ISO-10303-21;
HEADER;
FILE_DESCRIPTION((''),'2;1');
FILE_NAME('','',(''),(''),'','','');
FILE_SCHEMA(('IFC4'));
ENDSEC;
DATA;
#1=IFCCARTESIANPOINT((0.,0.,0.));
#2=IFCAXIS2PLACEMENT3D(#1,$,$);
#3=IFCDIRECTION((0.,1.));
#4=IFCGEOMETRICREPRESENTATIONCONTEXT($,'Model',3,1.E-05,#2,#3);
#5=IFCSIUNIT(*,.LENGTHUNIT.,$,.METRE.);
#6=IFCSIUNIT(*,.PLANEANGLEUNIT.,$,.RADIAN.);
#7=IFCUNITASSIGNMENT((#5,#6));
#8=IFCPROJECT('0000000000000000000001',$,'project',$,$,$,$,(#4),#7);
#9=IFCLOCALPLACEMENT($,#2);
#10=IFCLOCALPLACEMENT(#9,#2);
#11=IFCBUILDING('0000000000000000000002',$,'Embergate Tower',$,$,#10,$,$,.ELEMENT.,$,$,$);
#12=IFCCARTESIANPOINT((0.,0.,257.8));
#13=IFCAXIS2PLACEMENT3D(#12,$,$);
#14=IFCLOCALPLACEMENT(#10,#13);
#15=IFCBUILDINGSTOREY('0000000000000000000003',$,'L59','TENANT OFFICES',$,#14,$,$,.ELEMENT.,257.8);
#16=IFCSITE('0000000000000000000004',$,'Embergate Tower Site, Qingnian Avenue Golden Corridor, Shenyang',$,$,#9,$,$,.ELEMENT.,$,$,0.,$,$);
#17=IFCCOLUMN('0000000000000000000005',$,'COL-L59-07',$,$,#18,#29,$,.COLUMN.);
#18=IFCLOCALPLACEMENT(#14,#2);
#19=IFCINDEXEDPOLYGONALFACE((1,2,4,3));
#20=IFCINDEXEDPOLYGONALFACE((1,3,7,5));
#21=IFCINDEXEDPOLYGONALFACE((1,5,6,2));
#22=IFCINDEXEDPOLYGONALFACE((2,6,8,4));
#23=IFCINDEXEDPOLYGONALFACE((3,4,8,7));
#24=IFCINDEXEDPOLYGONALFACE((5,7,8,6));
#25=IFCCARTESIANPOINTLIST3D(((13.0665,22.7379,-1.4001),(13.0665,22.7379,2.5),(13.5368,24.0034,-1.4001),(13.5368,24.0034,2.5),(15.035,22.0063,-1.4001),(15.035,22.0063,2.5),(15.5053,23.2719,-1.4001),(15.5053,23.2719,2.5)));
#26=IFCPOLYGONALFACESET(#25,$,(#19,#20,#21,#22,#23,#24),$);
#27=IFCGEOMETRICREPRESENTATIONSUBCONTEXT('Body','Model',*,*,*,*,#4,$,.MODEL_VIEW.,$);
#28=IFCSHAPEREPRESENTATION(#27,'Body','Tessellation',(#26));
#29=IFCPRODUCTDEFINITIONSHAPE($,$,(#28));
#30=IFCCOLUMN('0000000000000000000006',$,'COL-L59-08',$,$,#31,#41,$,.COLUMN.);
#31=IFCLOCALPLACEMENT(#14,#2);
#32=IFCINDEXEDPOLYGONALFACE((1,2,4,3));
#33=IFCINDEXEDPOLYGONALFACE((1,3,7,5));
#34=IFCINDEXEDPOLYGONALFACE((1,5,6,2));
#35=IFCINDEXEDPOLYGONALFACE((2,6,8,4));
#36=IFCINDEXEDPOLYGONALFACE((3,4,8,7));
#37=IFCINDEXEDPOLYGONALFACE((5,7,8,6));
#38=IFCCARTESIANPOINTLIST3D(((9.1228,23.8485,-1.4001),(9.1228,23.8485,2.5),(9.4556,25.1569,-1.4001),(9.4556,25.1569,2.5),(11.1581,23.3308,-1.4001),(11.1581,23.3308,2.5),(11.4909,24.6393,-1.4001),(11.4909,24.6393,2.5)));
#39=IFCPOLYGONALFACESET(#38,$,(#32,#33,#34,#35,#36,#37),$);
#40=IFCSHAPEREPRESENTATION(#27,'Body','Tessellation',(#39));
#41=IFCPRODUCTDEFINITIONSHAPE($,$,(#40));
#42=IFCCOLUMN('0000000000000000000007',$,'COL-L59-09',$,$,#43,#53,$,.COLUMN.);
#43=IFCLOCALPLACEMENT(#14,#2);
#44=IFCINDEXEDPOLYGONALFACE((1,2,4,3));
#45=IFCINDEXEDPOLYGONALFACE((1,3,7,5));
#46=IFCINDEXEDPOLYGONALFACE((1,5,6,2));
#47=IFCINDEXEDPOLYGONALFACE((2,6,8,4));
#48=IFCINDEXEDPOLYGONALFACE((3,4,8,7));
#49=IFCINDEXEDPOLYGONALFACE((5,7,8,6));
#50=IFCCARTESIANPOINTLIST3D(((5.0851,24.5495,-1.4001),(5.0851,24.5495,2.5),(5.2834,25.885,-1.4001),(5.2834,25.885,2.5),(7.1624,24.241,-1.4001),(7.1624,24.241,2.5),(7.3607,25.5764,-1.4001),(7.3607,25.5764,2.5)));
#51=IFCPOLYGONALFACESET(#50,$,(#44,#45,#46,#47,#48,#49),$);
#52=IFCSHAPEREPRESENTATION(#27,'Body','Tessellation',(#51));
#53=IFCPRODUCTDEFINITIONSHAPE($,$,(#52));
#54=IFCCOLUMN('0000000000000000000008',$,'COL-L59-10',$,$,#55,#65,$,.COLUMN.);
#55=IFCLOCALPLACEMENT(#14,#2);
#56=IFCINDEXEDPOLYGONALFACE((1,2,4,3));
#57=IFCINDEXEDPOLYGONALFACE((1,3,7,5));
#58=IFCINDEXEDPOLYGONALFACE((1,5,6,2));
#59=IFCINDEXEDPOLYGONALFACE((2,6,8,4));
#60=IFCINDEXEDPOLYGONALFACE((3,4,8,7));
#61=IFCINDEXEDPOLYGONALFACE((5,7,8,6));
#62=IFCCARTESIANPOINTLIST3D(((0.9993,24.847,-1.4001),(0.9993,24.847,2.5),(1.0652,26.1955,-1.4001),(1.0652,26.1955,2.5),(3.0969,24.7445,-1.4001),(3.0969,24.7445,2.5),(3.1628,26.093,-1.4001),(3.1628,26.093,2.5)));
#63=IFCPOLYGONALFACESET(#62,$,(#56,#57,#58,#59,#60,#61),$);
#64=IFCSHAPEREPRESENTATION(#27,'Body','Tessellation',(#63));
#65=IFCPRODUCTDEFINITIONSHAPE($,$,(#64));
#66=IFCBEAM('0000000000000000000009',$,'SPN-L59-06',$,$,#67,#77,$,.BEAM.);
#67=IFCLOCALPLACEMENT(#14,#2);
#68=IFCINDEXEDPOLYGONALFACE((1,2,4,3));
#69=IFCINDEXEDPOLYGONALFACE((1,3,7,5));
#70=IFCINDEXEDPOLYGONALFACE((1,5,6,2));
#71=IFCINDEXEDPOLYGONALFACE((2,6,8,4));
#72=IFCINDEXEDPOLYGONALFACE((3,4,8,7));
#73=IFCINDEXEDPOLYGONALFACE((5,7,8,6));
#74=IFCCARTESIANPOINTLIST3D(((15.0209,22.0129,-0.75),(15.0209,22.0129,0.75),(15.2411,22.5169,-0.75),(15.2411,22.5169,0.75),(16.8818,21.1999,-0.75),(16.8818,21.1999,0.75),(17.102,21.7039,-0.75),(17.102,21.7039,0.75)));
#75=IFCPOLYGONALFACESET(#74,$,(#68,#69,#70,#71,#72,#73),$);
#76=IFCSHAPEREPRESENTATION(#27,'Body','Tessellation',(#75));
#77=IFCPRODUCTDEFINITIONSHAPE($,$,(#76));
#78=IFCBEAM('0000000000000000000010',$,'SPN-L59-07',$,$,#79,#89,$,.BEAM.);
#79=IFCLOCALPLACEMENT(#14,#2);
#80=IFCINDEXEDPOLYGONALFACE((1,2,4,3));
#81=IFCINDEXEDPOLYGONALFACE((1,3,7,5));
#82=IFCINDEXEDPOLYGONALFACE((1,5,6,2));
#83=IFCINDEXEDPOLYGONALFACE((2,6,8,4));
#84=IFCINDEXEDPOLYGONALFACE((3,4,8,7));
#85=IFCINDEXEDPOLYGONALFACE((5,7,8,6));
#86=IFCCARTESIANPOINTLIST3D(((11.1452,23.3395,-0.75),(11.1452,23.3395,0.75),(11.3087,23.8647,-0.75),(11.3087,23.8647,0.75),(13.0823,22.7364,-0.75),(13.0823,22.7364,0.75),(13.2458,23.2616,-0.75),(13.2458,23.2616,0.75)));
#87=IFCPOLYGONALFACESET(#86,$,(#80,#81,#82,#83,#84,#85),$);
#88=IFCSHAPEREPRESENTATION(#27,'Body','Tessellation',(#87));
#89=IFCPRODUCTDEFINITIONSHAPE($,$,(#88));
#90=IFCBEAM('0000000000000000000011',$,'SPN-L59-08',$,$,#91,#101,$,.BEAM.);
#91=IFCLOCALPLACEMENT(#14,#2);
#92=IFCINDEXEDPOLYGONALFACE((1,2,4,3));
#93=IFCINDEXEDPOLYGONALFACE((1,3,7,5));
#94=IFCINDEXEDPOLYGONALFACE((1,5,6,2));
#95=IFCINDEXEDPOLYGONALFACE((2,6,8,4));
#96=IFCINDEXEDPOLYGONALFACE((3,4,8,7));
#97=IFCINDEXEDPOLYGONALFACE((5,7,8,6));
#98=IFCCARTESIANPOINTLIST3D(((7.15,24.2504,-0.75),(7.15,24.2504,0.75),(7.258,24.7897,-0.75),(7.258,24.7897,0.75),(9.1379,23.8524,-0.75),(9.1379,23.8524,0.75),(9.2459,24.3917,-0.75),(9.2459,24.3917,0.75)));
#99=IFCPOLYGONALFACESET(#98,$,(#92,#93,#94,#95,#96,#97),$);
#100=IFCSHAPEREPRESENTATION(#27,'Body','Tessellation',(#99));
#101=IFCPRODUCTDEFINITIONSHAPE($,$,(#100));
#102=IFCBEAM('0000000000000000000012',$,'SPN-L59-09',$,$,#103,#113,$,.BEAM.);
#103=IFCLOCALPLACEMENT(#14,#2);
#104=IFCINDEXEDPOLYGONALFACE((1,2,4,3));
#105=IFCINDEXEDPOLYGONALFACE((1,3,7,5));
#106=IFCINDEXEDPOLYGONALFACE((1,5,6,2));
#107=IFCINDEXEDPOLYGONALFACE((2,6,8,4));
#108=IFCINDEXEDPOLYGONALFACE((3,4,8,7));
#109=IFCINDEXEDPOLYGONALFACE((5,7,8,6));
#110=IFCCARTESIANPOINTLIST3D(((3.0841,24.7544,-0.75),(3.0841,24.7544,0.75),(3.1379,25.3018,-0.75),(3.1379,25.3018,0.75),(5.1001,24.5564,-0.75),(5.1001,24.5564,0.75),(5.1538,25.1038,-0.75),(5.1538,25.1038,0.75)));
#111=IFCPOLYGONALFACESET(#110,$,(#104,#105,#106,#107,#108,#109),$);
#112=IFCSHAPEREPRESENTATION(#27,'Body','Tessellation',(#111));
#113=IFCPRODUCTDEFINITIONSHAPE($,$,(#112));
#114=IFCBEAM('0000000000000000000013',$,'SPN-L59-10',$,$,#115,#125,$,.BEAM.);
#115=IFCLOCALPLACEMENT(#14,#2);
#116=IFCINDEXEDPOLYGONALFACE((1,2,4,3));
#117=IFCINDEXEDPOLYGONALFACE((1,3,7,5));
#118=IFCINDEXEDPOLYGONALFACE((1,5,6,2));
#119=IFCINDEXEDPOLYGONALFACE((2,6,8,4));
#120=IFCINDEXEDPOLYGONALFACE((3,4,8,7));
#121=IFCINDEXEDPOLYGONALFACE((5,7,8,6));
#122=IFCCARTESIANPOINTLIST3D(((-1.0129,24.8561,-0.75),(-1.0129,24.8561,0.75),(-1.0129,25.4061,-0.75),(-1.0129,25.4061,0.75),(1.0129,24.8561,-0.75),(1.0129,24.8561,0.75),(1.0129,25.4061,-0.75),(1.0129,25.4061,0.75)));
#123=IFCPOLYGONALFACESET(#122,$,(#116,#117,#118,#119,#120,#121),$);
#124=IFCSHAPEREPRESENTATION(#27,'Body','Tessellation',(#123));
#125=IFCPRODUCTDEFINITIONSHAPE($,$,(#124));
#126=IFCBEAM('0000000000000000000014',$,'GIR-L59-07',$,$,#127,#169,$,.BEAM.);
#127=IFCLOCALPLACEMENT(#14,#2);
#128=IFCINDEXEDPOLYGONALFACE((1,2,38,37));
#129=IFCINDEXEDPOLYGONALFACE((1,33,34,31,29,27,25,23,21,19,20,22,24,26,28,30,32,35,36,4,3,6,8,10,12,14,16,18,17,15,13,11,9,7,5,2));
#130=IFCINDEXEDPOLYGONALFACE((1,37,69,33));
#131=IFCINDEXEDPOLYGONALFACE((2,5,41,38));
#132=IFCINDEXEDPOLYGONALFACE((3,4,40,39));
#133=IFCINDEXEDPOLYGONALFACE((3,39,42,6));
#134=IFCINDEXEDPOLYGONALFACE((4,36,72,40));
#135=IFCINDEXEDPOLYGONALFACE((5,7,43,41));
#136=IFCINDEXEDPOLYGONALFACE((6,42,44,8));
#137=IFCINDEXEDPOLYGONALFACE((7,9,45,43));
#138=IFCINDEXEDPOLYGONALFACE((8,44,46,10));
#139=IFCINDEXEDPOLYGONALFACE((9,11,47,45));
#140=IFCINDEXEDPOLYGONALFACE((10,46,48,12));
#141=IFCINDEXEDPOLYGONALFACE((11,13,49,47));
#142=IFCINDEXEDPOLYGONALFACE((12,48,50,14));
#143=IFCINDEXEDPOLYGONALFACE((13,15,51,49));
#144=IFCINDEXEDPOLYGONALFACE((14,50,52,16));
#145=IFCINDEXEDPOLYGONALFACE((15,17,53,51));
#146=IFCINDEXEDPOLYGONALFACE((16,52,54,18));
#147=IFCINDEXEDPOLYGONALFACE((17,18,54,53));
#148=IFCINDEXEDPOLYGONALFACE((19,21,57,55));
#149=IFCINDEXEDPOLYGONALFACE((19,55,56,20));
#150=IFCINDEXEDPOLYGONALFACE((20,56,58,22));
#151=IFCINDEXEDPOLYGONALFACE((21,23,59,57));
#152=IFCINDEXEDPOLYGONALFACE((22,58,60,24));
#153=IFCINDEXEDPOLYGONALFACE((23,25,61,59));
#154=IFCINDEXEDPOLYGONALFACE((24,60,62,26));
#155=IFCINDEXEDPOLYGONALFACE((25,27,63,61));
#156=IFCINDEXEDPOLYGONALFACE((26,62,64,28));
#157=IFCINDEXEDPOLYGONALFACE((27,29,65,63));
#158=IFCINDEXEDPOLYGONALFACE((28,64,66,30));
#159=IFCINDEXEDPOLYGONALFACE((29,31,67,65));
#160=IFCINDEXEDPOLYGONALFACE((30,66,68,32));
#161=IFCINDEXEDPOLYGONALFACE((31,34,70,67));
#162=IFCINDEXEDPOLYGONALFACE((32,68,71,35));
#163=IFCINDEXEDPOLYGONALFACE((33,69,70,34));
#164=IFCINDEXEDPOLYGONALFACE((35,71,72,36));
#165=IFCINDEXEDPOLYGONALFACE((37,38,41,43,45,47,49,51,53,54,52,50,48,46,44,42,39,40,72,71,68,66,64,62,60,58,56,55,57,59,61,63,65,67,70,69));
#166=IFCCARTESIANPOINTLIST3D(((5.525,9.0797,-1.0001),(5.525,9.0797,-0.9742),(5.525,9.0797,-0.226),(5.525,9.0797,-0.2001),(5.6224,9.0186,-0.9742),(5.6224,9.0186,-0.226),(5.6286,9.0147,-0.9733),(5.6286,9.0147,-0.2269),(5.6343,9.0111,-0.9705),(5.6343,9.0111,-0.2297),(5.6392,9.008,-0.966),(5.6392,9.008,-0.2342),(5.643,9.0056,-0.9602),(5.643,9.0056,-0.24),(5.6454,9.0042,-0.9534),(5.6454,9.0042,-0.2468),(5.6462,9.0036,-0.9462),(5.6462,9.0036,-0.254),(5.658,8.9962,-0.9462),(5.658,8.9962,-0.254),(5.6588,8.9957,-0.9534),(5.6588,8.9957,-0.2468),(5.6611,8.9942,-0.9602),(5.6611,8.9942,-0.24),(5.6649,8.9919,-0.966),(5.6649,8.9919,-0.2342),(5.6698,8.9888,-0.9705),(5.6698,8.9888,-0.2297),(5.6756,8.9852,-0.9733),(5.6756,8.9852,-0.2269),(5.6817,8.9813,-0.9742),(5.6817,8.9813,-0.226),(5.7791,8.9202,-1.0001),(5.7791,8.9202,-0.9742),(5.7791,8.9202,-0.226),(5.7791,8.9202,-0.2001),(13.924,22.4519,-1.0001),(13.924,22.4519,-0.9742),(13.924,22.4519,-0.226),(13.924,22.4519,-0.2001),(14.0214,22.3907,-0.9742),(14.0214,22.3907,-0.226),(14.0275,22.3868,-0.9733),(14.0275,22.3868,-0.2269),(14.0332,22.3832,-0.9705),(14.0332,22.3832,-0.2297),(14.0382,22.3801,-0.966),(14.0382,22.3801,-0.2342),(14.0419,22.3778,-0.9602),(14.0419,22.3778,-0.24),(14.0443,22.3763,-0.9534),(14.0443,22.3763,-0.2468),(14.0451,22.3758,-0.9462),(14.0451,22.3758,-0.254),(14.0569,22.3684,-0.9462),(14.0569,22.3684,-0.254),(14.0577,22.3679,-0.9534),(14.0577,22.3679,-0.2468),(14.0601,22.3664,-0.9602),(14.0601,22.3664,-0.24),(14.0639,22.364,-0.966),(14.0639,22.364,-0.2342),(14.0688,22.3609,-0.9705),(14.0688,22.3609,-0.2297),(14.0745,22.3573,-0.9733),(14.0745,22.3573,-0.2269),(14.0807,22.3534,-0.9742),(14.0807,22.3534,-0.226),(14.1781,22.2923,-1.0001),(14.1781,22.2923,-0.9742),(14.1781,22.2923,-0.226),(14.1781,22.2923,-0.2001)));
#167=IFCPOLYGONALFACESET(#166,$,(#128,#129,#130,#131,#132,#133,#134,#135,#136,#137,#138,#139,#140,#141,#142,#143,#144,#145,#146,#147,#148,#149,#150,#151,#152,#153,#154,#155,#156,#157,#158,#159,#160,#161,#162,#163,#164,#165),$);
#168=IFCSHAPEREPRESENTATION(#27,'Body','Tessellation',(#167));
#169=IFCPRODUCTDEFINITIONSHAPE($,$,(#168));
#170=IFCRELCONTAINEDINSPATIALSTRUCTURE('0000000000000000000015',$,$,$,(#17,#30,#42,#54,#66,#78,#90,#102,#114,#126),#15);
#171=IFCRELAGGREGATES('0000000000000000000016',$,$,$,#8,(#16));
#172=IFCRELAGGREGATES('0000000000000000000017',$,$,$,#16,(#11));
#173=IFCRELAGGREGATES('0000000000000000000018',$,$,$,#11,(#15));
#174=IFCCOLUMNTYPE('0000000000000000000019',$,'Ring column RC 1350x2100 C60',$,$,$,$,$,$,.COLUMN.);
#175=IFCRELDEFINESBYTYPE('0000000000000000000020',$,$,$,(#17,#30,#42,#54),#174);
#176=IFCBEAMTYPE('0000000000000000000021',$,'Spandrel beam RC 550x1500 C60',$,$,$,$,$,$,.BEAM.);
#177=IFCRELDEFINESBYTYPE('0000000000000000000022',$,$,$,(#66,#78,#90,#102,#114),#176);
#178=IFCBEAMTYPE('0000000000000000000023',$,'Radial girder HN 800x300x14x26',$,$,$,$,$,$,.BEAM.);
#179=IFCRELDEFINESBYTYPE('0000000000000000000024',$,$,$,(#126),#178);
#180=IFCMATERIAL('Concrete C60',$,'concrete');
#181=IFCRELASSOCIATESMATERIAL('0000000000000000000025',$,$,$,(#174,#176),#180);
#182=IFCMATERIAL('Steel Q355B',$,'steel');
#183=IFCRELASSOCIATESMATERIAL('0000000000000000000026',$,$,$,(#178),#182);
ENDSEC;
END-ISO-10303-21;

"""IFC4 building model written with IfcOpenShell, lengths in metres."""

from ifc_helpers import new_model, si_unit, direction, frame, origin, origin_2d, place, context, subcontext, project, spatial, rectangle, i_section, extrude, source, transform, mapped, material, material_profile, profile_set, type_object, element, save


model = new_model("IFC4")

# Units and contexts
model_context = context("Model", 3, precision=1e-05, world=origin(), true_north=direction((0.0, 1.0)))
body_context = subcontext(model_context, "Body", "Model", "MODEL_VIEW")
ifc_project = project(units=[si_unit("LENGTHUNIT", "METRE"), si_unit("PLANEANGLEUNIT", "RADIAN")], contexts=[model_context])

# Site, building, storey
site_placement = place(None, origin())
site = spatial("IfcSite", under=ifc_project, at=site_placement, Name="Embergate Tower Site, Qingnian Avenue Golden Corridor, Shenyang", CompositionType="ELEMENT", RefElevation=0.0)
building_placement = place(site_placement, origin())
building = spatial("IfcBuilding", under=site, at=building_placement, Name="Embergate Tower", CompositionType="ELEMENT")
storey_placement = place(building_placement, frame((0.0, 0.0, 257.8)))
storey = spatial("IfcBuildingStorey", under=building, at=storey_placement, Name="L59", Description="TENANT OFFICES", CompositionType="ELEMENT", Elevation=257.8)

# Columns
ifc_material_1 = material(Name="Concrete C60", Category="concrete")
ifc_material_profile_1 = material_profile(ifc_material_1, rectangle(XDim=1.3501, YDim=2.1001, at=origin_2d()), Name="RC 1350x2100")
ifc_profile_set_1 = profile_set([ifc_material_profile_1], Name="Concrete C60")
column_type = type_object("IfcColumnType", Name="Ring column RC 1350x2100 C60", PredefinedType="COLUMN", material=ifc_profile_set_1)
shared_shape_1 = source(origin(), body_context, "Body", "SweptSolid", [
    extrude(rectangle(XDim=1.3501, YDim=2.1001, at=origin_2d()), origin(), (0.0, 0.0, 1.0), 3.9001),
])
for number, where, z_axis, x_axis, name in (
    (1, (14.2859, 23.0049, -1.4001), (0.0, 0.0, 1.0), (0.348343, 0.937367, 0.0), "COL-L59-07"),
    (2, (10.3069, 24.2439, -1.4001), (0.0, 0.0, 1.0), (0.246492, 0.969145, 0.0), "COL-L59-08"),
    (3, (6.2229, 25.063, -1.4001), (0.0, 0.0, 1.0), (0.146929, 0.989147, 0.0), "COL-L59-09"),
    (4, (2.0811, 25.47, -1.4001), (0.0, 0.0, 1.0), (0.048815, 0.998808, 0.0), "COL-L59-10"),
):
    element("IfcColumn", number, at=place(storey_placement, frame(where, z_axis=z_axis, x_axis=x_axis)), inside=storey, type_object=column_type, Name=name, PredefinedType="COLUMN", context=body_context, shape_type="MappedRepresentation", body=[
        mapped(shared_shape_1, transform((0.0, 0.0, 0.0))),
    ])

# Beams
ifc_material_profile_2 = material_profile(ifc_material_1, rectangle(XDim=0.55, YDim=1.5, at=origin_2d()), Name="RC 550x1500")
ifc_profile_set_2 = profile_set([ifc_material_profile_2], Name="Concrete C60")
beam_type_1 = type_object("IfcBeamType", Name="Spandrel beam RC 550x1500 C60", PredefinedType="BEAM", material=ifc_profile_set_2)
shared_shape_2 = source(origin(), body_context, "Body", "SweptSolid", [
    extrude(rectangle(XDim=0.55, YDim=1.5, at=origin_2d()), origin(), (0.0, 0.0, 1.0), 2.0308),
])
beam_1_placement = place(storey_placement, frame((16.9919, 21.4519, 0.0), z_axis=(-0.916361, 0.400352, 0.0), x_axis=(-0.400352, -0.916361, 0.0)))
element("IfcBeam", 5, at=beam_1_placement, inside=storey, type_object=beam_type_1, Name="SPN-L59-06", PredefinedType="BEAM", context=body_context, shape_type="MappedRepresentation", body=[
    mapped(shared_shape_2, transform((0.0, 0.0, 0.0))),
])
shared_shape_3 = source(origin(), body_context, "Body", "SweptSolid", [
    extrude(rectangle(XDim=0.55, YDim=1.5, at=origin_2d()), origin(), (0.0, 0.0, 1.0), 2.0288),
])
beam_2_placement = place(storey_placement, frame((13.1641, 22.999, 0.0), z_axis=(-0.954801, 0.297247, 0.0), x_axis=(-0.297247, -0.954801, 0.0)))
element("IfcBeam", 6, at=beam_2_placement, inside=storey, type_object=beam_type_1, Name="SPN-L59-07", PredefinedType="BEAM", context=body_context, shape_type="MappedRepresentation", body=[
    mapped(shared_shape_3, transform((0.0, 0.0, 0.0))),
])
shared_shape_4 = source(origin(), body_context, "Body", "SweptSolid", [
    extrude(rectangle(XDim=0.55, YDim=1.5, at=origin_2d()), origin(), (0.0, 0.0, 1.0), 2.0273),
])
beam_3_placement = place(storey_placement, frame((9.1919, 24.1221, 0.0), z_axis=(-0.980544, 0.196301, 0.0), x_axis=(-0.196301, -0.980544, 0.0)))
element("IfcBeam", 7, at=beam_3_placement, inside=storey, type_object=beam_type_1, Name="SPN-L59-08", PredefinedType="BEAM", context=body_context, shape_type="MappedRepresentation", body=[
    mapped(shared_shape_4, transform((0.0, 0.0, 0.0))),
])
shared_shape_5 = source(origin(), body_context, "Body", "SweptSolid", [
    extrude(rectangle(XDim=0.55, YDim=1.5, at=origin_2d()), origin(), (0.0, 0.0, 1.0), 2.0256),
])
beam_4_placement = place(storey_placement, frame((5.127, 24.8301, 0.0), z_axis=(-0.995211, 0.097749, 0.0), x_axis=(-0.097749, -0.995211, 0.0)))
element("IfcBeam", 8, at=beam_4_placement, inside=storey, type_object=beam_type_1, Name="SPN-L59-09", PredefinedType="BEAM", context=body_context, shape_type="MappedRepresentation", body=[
    mapped(shared_shape_5, transform((0.0, 0.0, 0.0))),
])
shared_shape_6 = source(origin(), body_context, "Body", "SweptSolid", [
    extrude(rectangle(XDim=0.55, YDim=1.5, at=origin_2d()), origin(), (0.0, 0.0, 1.0), 2.0259),
])
beam_5_placement = place(storey_placement, frame((1.0129, 25.1311, 0.0), z_axis=(-1.0, 0.0, 0.0), x_axis=(0.0, -1.0, 0.0)))
element("IfcBeam", 9, at=beam_5_placement, inside=storey, type_object=beam_type_1, Name="SPN-L59-10", PredefinedType="BEAM", context=body_context, shape_type="MappedRepresentation", body=[
    mapped(shared_shape_6, transform((0.0, 0.0, 0.0))),
])
ifc_material_2 = material(Name="Steel Q355B", Category="steel")
ifc_material_profile_3 = material_profile(ifc_material_2, i_section(OverallWidth=0.3, OverallDepth=0.8, WebThickness=0.0139, FlangeThickness=0.0259, FilletRadius=0.0281, at=origin_2d()), Name="HN 800x300x14x26")
ifc_profile_set_3 = profile_set([ifc_material_profile_3], Name="Steel Q355 grade B")
beam_type_2 = type_object("IfcBeamType", Name="Radial girder HN 800x300x14x26", PredefinedType="BEAM", material=ifc_profile_set_3)
shared_shape_7 = source(origin(), body_context, "Body", "SweptSolid", [
    extrude(i_section(OverallWidth=0.3, OverallDepth=0.8, WebThickness=0.0139, FlangeThickness=0.0259, FilletRadius=0.0281, at=origin_2d()), origin(), (0.0, 0.0, 1.0), 15.791),
])
beam_6_placement = place(storey_placement, frame((14.051, 22.3721, -0.6001), z_axis=(-0.531882, -0.846818, 0.0), x_axis=(0.846818, -0.531882, 0.0)))
element("IfcBeam", 10, at=beam_6_placement, inside=storey, type_object=beam_type_2, Name="GIR-L59-07", PredefinedType="BEAM", context=body_context, shape_type="MappedRepresentation", body=[
    mapped(shared_shape_7, transform((0.0, 0.0, 0.0))),
])

save(model, "model.ifc")
